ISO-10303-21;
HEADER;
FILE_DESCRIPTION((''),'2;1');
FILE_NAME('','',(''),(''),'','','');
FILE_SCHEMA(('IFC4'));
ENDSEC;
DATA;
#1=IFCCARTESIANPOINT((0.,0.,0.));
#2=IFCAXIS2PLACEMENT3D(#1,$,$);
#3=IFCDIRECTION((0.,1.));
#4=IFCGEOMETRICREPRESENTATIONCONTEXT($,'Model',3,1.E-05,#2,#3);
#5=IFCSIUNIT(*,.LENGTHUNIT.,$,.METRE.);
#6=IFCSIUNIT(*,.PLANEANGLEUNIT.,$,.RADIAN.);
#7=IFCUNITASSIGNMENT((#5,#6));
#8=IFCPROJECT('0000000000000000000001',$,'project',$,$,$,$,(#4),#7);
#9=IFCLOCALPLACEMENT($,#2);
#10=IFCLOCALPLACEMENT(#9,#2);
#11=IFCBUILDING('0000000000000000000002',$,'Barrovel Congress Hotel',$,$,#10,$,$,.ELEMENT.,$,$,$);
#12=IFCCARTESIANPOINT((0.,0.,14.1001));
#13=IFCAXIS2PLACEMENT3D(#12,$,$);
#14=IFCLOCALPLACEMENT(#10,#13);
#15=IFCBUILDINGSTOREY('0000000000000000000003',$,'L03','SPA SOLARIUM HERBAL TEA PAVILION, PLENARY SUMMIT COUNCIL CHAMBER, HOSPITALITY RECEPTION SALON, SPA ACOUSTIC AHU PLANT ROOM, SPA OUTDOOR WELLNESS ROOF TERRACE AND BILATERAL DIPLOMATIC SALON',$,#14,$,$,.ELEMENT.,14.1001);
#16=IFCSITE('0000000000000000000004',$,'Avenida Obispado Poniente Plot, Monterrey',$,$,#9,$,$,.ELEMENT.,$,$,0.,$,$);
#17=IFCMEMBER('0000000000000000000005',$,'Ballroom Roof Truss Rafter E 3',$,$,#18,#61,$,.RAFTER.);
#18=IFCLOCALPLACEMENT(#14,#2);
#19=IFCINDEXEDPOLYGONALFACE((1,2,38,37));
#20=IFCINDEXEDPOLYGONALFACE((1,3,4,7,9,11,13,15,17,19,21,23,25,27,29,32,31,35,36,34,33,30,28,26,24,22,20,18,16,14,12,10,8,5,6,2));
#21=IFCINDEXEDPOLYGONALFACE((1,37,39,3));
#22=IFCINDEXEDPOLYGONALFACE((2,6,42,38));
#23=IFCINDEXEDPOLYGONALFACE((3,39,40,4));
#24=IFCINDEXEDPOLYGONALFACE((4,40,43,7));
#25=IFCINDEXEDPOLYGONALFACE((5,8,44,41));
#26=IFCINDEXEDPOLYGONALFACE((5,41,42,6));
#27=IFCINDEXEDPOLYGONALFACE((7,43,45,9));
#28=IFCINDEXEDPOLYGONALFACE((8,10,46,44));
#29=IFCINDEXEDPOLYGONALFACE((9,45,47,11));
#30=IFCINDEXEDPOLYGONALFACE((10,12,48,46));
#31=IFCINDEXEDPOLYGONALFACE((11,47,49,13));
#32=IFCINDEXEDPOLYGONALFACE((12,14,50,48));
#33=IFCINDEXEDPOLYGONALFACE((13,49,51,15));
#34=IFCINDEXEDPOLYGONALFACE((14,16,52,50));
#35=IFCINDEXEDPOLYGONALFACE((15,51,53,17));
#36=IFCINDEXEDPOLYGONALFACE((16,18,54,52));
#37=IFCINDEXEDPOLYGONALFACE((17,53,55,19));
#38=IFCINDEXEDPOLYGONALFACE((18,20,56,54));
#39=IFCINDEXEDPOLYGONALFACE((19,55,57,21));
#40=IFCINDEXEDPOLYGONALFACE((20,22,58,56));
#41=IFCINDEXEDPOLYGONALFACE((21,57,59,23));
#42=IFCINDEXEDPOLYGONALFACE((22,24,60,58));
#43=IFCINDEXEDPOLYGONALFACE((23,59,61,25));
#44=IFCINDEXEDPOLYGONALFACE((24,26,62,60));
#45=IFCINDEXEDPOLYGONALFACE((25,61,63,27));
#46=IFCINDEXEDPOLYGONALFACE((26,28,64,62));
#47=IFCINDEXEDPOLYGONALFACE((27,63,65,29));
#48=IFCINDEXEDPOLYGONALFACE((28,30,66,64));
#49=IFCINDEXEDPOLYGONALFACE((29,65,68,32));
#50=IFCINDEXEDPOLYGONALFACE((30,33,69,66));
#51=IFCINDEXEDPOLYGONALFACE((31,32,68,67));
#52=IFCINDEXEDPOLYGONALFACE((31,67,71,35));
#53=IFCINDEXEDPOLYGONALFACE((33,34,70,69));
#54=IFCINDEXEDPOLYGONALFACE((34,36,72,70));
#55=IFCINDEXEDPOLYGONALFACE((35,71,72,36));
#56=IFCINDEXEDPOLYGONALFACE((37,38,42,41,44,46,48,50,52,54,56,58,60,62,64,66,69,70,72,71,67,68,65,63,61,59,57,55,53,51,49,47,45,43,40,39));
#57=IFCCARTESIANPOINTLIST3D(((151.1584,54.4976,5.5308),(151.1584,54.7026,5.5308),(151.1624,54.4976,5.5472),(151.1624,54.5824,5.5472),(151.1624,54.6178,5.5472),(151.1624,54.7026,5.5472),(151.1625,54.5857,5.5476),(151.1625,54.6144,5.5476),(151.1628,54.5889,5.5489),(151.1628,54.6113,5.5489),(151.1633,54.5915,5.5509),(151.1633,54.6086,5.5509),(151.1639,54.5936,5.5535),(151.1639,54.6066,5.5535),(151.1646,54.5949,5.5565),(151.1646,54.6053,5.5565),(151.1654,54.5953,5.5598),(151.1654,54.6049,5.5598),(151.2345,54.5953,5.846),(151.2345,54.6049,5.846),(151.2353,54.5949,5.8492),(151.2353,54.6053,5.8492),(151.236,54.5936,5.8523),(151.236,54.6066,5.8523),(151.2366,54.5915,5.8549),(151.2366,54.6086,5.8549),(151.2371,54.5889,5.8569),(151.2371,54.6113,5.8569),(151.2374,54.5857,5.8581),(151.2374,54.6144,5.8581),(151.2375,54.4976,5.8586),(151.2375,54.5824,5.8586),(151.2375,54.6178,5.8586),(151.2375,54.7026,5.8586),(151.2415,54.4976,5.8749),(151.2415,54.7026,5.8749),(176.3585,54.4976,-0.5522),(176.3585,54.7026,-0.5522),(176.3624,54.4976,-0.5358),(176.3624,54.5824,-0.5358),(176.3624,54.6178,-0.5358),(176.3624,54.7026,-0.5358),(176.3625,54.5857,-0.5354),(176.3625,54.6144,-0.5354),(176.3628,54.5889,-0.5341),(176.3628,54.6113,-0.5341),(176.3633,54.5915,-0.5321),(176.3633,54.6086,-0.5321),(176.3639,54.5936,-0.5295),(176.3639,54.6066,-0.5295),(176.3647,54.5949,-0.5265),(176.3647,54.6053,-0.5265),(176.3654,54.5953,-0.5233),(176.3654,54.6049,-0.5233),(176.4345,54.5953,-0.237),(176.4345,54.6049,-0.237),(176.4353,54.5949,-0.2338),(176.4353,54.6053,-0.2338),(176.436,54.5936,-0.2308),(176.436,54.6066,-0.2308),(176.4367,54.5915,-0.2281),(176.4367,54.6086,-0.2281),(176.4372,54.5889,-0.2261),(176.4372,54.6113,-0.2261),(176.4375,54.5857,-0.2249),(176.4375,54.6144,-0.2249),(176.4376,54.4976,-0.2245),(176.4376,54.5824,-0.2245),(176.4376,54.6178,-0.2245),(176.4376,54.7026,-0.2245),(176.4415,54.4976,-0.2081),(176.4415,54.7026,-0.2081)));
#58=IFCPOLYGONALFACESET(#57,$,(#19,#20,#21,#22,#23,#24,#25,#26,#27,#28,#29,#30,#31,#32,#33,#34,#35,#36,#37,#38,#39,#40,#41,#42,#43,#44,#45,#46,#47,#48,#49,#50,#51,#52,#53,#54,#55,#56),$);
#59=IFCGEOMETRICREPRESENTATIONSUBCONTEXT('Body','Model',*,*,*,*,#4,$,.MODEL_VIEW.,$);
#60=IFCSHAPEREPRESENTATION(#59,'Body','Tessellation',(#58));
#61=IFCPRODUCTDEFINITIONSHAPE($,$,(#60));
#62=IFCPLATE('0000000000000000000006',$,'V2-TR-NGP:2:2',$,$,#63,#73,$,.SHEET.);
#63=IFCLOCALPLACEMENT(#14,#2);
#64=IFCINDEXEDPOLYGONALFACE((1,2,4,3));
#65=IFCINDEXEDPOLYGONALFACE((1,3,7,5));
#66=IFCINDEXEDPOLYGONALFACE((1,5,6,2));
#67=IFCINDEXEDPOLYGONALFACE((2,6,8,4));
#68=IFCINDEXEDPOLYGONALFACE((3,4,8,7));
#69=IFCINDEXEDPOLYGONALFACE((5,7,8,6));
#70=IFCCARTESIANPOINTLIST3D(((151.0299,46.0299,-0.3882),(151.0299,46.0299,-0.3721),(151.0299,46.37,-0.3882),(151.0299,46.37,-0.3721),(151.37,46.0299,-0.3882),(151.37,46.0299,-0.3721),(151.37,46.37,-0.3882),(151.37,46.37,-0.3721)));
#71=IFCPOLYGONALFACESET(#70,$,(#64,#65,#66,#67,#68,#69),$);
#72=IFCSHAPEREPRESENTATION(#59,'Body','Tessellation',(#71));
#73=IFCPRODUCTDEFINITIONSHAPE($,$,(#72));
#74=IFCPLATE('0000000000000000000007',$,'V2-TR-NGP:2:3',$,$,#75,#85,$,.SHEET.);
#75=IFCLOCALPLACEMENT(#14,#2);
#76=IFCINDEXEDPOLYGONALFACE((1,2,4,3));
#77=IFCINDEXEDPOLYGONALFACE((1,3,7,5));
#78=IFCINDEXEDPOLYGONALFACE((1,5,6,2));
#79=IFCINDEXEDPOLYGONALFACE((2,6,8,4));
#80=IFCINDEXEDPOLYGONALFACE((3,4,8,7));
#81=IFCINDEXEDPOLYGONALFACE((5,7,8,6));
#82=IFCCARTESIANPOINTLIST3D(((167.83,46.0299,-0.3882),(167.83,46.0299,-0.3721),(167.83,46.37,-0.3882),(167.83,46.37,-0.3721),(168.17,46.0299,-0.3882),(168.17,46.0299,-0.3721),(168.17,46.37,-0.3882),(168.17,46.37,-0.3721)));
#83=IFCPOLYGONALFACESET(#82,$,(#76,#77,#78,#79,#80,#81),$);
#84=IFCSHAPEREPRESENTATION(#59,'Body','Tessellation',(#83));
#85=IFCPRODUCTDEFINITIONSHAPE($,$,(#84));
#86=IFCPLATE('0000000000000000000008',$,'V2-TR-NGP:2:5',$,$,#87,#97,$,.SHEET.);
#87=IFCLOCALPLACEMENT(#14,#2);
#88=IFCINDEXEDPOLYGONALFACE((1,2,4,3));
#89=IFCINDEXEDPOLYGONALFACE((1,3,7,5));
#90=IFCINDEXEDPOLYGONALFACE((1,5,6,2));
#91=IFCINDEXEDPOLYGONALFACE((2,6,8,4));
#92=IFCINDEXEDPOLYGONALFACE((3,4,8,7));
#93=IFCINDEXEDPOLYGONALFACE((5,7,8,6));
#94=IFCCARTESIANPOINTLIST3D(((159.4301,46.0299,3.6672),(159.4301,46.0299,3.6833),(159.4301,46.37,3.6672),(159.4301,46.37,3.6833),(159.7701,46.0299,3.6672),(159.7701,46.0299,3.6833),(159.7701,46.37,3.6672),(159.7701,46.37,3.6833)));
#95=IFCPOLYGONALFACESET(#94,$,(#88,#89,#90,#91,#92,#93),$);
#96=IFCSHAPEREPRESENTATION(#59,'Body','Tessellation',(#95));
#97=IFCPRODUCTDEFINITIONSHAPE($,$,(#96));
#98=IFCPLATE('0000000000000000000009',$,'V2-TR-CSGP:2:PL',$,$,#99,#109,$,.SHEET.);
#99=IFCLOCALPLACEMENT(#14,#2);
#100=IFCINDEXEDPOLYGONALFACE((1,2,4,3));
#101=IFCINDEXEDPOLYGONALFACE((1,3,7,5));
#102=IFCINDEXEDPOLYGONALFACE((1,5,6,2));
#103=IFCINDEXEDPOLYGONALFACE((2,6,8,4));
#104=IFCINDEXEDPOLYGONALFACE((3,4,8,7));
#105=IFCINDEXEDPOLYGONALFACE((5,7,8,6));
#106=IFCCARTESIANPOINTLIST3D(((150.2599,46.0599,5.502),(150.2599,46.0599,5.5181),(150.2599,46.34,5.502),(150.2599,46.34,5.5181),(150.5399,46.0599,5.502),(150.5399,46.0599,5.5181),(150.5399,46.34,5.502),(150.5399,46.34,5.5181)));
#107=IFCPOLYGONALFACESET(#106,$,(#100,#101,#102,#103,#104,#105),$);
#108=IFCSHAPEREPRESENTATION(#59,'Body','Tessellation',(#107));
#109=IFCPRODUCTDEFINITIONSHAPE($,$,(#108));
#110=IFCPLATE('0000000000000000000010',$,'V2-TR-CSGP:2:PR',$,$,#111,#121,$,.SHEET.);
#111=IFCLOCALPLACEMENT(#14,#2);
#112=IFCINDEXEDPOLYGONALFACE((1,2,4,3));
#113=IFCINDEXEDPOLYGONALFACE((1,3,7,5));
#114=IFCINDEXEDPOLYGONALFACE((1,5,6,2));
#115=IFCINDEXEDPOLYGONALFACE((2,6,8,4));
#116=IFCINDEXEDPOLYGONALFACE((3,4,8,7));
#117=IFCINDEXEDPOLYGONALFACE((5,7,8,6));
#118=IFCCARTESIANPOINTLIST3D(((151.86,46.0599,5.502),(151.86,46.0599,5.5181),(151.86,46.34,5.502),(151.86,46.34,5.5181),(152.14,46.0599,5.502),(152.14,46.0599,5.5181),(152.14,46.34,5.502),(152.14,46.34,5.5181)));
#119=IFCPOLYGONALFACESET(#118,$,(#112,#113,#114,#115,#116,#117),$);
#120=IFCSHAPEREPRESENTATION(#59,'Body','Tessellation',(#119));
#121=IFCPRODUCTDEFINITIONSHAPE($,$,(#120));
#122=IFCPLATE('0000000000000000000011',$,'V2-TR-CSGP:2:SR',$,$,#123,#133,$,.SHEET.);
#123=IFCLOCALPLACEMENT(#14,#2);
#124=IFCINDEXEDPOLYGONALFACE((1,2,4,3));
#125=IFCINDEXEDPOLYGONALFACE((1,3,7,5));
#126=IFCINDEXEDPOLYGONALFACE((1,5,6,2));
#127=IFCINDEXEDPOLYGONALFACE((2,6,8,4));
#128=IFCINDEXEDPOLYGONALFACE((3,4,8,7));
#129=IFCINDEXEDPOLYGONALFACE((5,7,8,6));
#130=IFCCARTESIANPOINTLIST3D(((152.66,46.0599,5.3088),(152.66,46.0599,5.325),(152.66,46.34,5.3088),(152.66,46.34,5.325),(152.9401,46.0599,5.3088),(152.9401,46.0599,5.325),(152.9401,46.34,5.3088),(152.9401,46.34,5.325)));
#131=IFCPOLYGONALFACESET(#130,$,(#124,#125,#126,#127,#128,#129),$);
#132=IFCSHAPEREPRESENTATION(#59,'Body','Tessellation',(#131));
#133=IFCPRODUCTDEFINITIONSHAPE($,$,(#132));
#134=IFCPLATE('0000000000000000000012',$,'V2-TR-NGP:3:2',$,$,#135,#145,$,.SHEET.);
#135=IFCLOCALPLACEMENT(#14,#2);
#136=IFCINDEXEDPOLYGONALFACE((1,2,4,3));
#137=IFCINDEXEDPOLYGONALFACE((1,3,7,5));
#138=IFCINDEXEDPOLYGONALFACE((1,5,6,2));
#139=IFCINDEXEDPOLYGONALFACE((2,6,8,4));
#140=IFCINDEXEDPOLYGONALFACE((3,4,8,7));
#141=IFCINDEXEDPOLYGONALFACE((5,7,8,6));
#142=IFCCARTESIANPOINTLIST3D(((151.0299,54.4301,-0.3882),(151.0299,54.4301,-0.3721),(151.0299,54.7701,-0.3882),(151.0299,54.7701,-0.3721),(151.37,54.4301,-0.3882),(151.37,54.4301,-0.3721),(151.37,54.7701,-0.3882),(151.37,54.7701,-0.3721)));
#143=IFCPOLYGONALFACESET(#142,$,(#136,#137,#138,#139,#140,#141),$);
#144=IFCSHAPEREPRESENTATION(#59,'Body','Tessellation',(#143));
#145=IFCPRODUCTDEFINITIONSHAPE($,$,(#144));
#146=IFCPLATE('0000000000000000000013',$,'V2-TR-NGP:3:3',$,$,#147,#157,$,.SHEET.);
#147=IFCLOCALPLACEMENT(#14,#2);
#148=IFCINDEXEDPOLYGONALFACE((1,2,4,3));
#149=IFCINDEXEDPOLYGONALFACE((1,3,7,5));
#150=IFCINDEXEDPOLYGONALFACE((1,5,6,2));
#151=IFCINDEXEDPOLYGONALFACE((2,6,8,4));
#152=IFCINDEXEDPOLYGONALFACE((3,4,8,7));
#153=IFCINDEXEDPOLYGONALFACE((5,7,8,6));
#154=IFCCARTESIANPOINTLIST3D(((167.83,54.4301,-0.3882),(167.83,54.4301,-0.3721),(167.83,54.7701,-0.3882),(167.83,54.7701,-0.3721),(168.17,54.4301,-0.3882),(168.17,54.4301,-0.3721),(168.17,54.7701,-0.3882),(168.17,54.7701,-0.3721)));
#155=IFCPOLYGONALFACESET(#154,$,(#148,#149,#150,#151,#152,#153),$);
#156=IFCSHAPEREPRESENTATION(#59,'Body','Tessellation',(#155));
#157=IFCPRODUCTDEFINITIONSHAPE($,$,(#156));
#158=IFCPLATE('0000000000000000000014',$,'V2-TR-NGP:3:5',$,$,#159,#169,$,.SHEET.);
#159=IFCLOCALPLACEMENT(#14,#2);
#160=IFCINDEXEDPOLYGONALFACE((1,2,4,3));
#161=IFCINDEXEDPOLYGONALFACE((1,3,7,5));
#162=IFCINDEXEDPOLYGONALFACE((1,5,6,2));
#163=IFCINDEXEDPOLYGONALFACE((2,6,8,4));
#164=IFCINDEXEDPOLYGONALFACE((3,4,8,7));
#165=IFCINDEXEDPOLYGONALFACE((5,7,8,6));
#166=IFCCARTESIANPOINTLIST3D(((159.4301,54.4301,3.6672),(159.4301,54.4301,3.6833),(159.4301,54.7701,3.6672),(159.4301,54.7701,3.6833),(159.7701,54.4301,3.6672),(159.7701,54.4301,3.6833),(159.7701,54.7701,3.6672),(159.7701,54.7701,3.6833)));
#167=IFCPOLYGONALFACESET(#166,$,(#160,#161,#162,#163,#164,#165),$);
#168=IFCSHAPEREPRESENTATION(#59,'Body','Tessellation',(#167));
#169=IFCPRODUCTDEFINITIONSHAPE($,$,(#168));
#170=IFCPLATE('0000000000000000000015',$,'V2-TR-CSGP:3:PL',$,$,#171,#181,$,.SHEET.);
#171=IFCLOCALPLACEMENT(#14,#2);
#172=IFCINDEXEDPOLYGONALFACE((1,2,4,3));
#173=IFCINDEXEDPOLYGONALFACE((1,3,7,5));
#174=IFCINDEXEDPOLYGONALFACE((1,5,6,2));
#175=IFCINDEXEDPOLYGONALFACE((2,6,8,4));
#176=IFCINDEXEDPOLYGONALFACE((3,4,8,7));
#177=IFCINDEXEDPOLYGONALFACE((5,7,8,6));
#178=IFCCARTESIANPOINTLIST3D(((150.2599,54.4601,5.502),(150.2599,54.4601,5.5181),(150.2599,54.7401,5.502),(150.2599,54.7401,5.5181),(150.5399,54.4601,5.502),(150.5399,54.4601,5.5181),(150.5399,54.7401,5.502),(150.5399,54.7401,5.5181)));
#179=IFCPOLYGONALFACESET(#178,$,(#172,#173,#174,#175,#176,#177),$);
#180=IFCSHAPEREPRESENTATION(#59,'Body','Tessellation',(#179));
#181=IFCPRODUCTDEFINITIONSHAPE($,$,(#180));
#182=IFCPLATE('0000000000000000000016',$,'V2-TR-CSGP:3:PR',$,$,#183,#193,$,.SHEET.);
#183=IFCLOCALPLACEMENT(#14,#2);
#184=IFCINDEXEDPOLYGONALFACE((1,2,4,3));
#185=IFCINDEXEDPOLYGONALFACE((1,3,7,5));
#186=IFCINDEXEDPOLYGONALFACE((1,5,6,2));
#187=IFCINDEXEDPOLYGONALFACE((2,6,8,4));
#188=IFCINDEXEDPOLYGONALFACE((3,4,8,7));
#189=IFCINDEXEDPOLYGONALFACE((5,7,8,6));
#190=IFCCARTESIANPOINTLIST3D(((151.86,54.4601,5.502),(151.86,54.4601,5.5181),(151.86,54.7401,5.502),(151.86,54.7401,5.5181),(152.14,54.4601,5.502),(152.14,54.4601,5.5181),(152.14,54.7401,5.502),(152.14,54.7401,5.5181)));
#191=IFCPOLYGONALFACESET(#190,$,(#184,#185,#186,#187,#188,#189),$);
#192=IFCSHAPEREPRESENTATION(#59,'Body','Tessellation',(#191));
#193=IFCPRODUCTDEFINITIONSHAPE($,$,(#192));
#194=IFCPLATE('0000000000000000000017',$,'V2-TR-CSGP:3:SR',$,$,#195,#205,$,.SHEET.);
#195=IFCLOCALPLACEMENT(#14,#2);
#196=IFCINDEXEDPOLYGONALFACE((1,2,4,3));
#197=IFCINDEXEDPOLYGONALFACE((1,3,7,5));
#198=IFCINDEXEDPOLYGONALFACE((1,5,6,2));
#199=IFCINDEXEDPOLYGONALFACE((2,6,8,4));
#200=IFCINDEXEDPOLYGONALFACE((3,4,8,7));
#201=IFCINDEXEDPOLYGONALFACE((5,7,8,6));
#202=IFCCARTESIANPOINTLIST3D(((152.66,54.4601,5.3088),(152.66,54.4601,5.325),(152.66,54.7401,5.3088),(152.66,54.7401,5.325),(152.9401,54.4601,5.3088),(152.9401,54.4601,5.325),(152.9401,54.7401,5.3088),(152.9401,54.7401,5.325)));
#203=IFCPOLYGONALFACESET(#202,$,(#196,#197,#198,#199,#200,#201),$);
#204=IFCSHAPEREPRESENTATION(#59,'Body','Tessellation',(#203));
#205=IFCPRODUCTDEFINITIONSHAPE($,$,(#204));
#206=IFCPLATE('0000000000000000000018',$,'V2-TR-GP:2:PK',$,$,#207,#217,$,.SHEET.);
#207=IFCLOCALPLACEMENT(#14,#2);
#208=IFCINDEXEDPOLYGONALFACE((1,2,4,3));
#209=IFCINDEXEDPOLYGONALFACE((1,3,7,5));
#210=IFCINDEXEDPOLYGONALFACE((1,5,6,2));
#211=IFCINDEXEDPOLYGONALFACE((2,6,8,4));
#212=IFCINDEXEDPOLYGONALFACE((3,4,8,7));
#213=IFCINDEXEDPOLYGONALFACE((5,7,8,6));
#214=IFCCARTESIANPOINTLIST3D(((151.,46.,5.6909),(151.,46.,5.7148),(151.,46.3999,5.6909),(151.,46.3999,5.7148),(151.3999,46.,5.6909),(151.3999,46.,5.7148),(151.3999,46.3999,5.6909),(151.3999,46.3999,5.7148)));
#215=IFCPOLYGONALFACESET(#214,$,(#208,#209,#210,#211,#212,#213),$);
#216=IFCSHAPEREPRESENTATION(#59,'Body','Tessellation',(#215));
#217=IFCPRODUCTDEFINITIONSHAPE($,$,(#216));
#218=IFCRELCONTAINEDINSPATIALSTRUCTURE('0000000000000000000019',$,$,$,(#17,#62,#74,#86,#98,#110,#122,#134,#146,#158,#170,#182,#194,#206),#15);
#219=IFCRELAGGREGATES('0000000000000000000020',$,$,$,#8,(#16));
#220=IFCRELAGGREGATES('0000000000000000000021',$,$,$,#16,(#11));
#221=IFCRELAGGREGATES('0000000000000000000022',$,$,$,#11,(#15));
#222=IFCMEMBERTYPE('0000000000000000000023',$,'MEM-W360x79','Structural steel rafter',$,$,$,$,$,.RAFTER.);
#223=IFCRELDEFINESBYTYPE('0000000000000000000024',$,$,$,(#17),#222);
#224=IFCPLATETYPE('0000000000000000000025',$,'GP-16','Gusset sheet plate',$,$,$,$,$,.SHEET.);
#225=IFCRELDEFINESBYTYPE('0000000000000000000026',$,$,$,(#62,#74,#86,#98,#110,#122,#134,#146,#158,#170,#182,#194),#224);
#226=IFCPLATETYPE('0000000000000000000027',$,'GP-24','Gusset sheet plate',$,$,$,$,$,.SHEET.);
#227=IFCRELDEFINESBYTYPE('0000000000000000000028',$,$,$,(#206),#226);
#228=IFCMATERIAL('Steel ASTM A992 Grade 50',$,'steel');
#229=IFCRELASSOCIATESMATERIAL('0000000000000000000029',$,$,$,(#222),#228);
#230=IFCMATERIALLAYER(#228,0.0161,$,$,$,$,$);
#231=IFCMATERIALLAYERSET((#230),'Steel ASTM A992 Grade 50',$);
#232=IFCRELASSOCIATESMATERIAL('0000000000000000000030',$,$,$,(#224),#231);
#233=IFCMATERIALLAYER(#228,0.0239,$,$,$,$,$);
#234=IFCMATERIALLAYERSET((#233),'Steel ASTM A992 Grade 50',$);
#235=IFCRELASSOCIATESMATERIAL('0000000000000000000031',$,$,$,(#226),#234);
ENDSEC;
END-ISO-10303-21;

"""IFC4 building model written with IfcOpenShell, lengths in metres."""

from ifc_helpers import new_model, si_unit, direction, frame, origin, origin_2d, place, context, subcontext, project, spatial, rectangle, i_section, extrude, material, layer, layer_set, material_profile, profile_set, type_object, element, save


model = new_model("IFC4")

# Units and contexts
model_context = context("Model", 3, precision=1e-05, world=origin(), true_north=direction((0.0, 1.0)))
body_context = subcontext(model_context, "Body", "Model", "MODEL_VIEW")
ifc_project = project(units=[si_unit("LENGTHUNIT", "METRE"), si_unit("PLANEANGLEUNIT", "RADIAN")], contexts=[model_context])

# Site, building, storey
site_placement = place(None, origin())
site = spatial("IfcSite", under=ifc_project, at=site_placement, Name="Avenida Obispado Poniente Plot, Monterrey", CompositionType="ELEMENT", RefElevation=0.0)
building_placement = place(site_placement, origin())
building = spatial("IfcBuilding", under=site, at=building_placement, Name="Barrovel Congress Hotel", CompositionType="ELEMENT")
storey_placement = place(building_placement, frame((0.0, 0.0, 14.1001)))
storey = spatial("IfcBuildingStorey", under=building, at=storey_placement, Name="L03", Description="SPA SOLARIUM HERBAL TEA PAVILION, PLENARY SUMMIT COUNCIL CHAMBER, HOSPITALITY RECEPTION SALON, SPA ACOUSTIC AHU PLANT ROOM, SPA OUTDOOR WELLNESS ROOF TERRACE AND BILATERAL DIPLOMATIC SALON", CompositionType="ELEMENT", Elevation=14.1001)

# Member
ifc_material_1 = material(Name="Steel ASTM A992 Grade 50", Category="steel")
ifc_material_profile_1 = material_profile(ifc_material_1, i_section(OverallWidth=0.2051, OverallDepth=0.354, WebThickness=0.0095, FlangeThickness=0.0168, FilletRadius=0.0129, at=origin_2d()), Name="W360x79")
ifc_profile_set_1 = profile_set([ifc_material_profile_1], Name="Steel ASTM A992 Grade 50")
member_type_1 = type_object("IfcMemberType", Name="MEM-W360x79", Description="Structural steel rafter", PredefinedType="RAFTER", material=ifc_profile_set_1)
for number, where, z_axis, x_axis, name in (
    (1, (151.2, 54.6001, 5.7029), (0.97208, 0.0, -0.23465), (0.0, 1.0, 0.0), "Ballroom Roof Truss Rafter E 3"),
):
    element("IfcMember", number, at=place(storey_placement, frame(where, z_axis=z_axis, x_axis=x_axis)), inside=storey, type_object=member_type_1, Name=name, PredefinedType="RAFTER", context=body_context, shape_type="SweptSolid", body=[
        extrude(i_section(OverallWidth=0.2051, OverallDepth=0.354, WebThickness=0.0095, FlangeThickness=0.0168, FilletRadius=0.0129, at=origin_2d()), origin(), (0.0, 0.0, 1.0), 25.9238),
    ])

# Plates
ifc_layer_1 = layer(ifc_material_1, 0.0161)
ifc_layer_set_1 = layer_set([ifc_layer_1], Name="Steel ASTM A992 Grade 50")
plate_type_1 = type_object("IfcPlateType", Name="GP-16", Description="Gusset sheet plate", PredefinedType="SHEET", material=ifc_layer_set_1)
for number, where, z_axis, x_axis, name in (
    (2, (151.2, 46.2, -0.3882), (0.0, 0.0, 1.0), (1.0, 0.0, 0.0), "V2-TR-NGP:2:2"),
    (3, (168.0, 46.2, -0.3882), (0.0, 0.0, 1.0), (1.0, 0.0, 0.0), "V2-TR-NGP:2:3"),
    (4, (159.6001, 46.2, 3.6672), (0.0, 0.0, 1.0), (1.0, 0.0, 0.0), "V2-TR-NGP:2:5"),
):
    element("IfcPlate", number, at=place(storey_placement, frame(where, z_axis=z_axis, x_axis=x_axis)), inside=storey, type_object=plate_type_1, Name=name, PredefinedType="SHEET", context=body_context, shape_type="SweptSolid", body=[
        extrude(rectangle(XDim=0.3401, YDim=0.3401, at=origin_2d()), origin(), (0.0, 0.0, 1.0), 0.0161),
    ])
for number, where, z_axis, x_axis, name in (
    (5, (150.3999, 46.2, 5.502), (0.0, 0.0, 1.0), (1.0, 0.0, 0.0), "V2-TR-CSGP:2:PL"),
    (6, (152.0, 46.2, 5.502), (0.0, 0.0, 1.0), (1.0, 0.0, 0.0), "V2-TR-CSGP:2:PR"),
    (7, (152.8, 46.2, 5.3088), (0.0, 0.0, 1.0), (1.0, 0.0, 0.0), "V2-TR-CSGP:2:SR"),
):
    element("IfcPlate", number, at=place(storey_placement, frame(where, z_axis=z_axis, x_axis=x_axis)), inside=storey, type_object=plate_type_1, Name=name, PredefinedType="SHEET", context=body_context, shape_type="SweptSolid", body=[
        extrude(rectangle(XDim=0.28, YDim=0.28, at=origin_2d()), origin(), (0.0, 0.0, 1.0), 0.0161),
    ])
for number, where, z_axis, x_axis, name in (
    (8, (151.2, 54.6001, -0.3882), (0.0, 0.0, 1.0), (1.0, 0.0, 0.0), "V2-TR-NGP:3:2"),
    (9, (168.0, 54.6001, -0.3882), (0.0, 0.0, 1.0), (1.0, 0.0, 0.0), "V2-TR-NGP:3:3"),
    (10, (159.6001, 54.6001, 3.6672), (0.0, 0.0, 1.0), (1.0, 0.0, 0.0), "V2-TR-NGP:3:5"),
):
    element("IfcPlate", number, at=place(storey_placement, frame(where, z_axis=z_axis, x_axis=x_axis)), inside=storey, type_object=plate_type_1, Name=name, PredefinedType="SHEET", context=body_context, shape_type="SweptSolid", body=[
        extrude(rectangle(XDim=0.3401, YDim=0.3401, at=origin_2d()), origin(), (0.0, 0.0, 1.0), 0.0161),
    ])
for number, where, z_axis, x_axis, name in (
    (11, (150.3999, 54.6001, 5.502), (0.0, 0.0, 1.0), (1.0, 0.0, 0.0), "V2-TR-CSGP:3:PL"),
    (12, (152.0, 54.6001, 5.502), (0.0, 0.0, 1.0), (1.0, 0.0, 0.0), "V2-TR-CSGP:3:PR"),
    (13, (152.8, 54.6001, 5.3088), (0.0, 0.0, 1.0), (1.0, 0.0, 0.0), "V2-TR-CSGP:3:SR"),
):
    element("IfcPlate", number, at=place(storey_placement, frame(where, z_axis=z_axis, x_axis=x_axis)), inside=storey, type_object=plate_type_1, Name=name, PredefinedType="SHEET", context=body_context, shape_type="SweptSolid", body=[
        extrude(rectangle(XDim=0.28, YDim=0.28, at=origin_2d()), origin(), (0.0, 0.0, 1.0), 0.0161),
    ])
ifc_layer_2 = layer(ifc_material_1, 0.0239)
ifc_layer_set_2 = layer_set([ifc_layer_2], Name="Steel ASTM A992 Grade 50")
plate_type_2 = type_object("IfcPlateType", Name="GP-24", Description="Gusset sheet plate", PredefinedType="SHEET", material=ifc_layer_set_2)
for number, where, z_axis, x_axis, name in (
    (14, (151.2, 46.2, 5.6909), (0.0, 0.0, 1.0), (1.0, 0.0, 0.0), "V2-TR-GP:2:PK"),
):
    element("IfcPlate", number, at=place(storey_placement, frame(where, z_axis=z_axis, x_axis=x_axis)), inside=storey, type_object=plate_type_2, Name=name, PredefinedType="SHEET", context=body_context, shape_type="SweptSolid", body=[
        extrude(rectangle(XDim=0.3999, YDim=0.3999, at=origin_2d()), origin(), (0.0, 0.0, 1.0), 0.0239),
    ])

save(model, "model.ifc")
